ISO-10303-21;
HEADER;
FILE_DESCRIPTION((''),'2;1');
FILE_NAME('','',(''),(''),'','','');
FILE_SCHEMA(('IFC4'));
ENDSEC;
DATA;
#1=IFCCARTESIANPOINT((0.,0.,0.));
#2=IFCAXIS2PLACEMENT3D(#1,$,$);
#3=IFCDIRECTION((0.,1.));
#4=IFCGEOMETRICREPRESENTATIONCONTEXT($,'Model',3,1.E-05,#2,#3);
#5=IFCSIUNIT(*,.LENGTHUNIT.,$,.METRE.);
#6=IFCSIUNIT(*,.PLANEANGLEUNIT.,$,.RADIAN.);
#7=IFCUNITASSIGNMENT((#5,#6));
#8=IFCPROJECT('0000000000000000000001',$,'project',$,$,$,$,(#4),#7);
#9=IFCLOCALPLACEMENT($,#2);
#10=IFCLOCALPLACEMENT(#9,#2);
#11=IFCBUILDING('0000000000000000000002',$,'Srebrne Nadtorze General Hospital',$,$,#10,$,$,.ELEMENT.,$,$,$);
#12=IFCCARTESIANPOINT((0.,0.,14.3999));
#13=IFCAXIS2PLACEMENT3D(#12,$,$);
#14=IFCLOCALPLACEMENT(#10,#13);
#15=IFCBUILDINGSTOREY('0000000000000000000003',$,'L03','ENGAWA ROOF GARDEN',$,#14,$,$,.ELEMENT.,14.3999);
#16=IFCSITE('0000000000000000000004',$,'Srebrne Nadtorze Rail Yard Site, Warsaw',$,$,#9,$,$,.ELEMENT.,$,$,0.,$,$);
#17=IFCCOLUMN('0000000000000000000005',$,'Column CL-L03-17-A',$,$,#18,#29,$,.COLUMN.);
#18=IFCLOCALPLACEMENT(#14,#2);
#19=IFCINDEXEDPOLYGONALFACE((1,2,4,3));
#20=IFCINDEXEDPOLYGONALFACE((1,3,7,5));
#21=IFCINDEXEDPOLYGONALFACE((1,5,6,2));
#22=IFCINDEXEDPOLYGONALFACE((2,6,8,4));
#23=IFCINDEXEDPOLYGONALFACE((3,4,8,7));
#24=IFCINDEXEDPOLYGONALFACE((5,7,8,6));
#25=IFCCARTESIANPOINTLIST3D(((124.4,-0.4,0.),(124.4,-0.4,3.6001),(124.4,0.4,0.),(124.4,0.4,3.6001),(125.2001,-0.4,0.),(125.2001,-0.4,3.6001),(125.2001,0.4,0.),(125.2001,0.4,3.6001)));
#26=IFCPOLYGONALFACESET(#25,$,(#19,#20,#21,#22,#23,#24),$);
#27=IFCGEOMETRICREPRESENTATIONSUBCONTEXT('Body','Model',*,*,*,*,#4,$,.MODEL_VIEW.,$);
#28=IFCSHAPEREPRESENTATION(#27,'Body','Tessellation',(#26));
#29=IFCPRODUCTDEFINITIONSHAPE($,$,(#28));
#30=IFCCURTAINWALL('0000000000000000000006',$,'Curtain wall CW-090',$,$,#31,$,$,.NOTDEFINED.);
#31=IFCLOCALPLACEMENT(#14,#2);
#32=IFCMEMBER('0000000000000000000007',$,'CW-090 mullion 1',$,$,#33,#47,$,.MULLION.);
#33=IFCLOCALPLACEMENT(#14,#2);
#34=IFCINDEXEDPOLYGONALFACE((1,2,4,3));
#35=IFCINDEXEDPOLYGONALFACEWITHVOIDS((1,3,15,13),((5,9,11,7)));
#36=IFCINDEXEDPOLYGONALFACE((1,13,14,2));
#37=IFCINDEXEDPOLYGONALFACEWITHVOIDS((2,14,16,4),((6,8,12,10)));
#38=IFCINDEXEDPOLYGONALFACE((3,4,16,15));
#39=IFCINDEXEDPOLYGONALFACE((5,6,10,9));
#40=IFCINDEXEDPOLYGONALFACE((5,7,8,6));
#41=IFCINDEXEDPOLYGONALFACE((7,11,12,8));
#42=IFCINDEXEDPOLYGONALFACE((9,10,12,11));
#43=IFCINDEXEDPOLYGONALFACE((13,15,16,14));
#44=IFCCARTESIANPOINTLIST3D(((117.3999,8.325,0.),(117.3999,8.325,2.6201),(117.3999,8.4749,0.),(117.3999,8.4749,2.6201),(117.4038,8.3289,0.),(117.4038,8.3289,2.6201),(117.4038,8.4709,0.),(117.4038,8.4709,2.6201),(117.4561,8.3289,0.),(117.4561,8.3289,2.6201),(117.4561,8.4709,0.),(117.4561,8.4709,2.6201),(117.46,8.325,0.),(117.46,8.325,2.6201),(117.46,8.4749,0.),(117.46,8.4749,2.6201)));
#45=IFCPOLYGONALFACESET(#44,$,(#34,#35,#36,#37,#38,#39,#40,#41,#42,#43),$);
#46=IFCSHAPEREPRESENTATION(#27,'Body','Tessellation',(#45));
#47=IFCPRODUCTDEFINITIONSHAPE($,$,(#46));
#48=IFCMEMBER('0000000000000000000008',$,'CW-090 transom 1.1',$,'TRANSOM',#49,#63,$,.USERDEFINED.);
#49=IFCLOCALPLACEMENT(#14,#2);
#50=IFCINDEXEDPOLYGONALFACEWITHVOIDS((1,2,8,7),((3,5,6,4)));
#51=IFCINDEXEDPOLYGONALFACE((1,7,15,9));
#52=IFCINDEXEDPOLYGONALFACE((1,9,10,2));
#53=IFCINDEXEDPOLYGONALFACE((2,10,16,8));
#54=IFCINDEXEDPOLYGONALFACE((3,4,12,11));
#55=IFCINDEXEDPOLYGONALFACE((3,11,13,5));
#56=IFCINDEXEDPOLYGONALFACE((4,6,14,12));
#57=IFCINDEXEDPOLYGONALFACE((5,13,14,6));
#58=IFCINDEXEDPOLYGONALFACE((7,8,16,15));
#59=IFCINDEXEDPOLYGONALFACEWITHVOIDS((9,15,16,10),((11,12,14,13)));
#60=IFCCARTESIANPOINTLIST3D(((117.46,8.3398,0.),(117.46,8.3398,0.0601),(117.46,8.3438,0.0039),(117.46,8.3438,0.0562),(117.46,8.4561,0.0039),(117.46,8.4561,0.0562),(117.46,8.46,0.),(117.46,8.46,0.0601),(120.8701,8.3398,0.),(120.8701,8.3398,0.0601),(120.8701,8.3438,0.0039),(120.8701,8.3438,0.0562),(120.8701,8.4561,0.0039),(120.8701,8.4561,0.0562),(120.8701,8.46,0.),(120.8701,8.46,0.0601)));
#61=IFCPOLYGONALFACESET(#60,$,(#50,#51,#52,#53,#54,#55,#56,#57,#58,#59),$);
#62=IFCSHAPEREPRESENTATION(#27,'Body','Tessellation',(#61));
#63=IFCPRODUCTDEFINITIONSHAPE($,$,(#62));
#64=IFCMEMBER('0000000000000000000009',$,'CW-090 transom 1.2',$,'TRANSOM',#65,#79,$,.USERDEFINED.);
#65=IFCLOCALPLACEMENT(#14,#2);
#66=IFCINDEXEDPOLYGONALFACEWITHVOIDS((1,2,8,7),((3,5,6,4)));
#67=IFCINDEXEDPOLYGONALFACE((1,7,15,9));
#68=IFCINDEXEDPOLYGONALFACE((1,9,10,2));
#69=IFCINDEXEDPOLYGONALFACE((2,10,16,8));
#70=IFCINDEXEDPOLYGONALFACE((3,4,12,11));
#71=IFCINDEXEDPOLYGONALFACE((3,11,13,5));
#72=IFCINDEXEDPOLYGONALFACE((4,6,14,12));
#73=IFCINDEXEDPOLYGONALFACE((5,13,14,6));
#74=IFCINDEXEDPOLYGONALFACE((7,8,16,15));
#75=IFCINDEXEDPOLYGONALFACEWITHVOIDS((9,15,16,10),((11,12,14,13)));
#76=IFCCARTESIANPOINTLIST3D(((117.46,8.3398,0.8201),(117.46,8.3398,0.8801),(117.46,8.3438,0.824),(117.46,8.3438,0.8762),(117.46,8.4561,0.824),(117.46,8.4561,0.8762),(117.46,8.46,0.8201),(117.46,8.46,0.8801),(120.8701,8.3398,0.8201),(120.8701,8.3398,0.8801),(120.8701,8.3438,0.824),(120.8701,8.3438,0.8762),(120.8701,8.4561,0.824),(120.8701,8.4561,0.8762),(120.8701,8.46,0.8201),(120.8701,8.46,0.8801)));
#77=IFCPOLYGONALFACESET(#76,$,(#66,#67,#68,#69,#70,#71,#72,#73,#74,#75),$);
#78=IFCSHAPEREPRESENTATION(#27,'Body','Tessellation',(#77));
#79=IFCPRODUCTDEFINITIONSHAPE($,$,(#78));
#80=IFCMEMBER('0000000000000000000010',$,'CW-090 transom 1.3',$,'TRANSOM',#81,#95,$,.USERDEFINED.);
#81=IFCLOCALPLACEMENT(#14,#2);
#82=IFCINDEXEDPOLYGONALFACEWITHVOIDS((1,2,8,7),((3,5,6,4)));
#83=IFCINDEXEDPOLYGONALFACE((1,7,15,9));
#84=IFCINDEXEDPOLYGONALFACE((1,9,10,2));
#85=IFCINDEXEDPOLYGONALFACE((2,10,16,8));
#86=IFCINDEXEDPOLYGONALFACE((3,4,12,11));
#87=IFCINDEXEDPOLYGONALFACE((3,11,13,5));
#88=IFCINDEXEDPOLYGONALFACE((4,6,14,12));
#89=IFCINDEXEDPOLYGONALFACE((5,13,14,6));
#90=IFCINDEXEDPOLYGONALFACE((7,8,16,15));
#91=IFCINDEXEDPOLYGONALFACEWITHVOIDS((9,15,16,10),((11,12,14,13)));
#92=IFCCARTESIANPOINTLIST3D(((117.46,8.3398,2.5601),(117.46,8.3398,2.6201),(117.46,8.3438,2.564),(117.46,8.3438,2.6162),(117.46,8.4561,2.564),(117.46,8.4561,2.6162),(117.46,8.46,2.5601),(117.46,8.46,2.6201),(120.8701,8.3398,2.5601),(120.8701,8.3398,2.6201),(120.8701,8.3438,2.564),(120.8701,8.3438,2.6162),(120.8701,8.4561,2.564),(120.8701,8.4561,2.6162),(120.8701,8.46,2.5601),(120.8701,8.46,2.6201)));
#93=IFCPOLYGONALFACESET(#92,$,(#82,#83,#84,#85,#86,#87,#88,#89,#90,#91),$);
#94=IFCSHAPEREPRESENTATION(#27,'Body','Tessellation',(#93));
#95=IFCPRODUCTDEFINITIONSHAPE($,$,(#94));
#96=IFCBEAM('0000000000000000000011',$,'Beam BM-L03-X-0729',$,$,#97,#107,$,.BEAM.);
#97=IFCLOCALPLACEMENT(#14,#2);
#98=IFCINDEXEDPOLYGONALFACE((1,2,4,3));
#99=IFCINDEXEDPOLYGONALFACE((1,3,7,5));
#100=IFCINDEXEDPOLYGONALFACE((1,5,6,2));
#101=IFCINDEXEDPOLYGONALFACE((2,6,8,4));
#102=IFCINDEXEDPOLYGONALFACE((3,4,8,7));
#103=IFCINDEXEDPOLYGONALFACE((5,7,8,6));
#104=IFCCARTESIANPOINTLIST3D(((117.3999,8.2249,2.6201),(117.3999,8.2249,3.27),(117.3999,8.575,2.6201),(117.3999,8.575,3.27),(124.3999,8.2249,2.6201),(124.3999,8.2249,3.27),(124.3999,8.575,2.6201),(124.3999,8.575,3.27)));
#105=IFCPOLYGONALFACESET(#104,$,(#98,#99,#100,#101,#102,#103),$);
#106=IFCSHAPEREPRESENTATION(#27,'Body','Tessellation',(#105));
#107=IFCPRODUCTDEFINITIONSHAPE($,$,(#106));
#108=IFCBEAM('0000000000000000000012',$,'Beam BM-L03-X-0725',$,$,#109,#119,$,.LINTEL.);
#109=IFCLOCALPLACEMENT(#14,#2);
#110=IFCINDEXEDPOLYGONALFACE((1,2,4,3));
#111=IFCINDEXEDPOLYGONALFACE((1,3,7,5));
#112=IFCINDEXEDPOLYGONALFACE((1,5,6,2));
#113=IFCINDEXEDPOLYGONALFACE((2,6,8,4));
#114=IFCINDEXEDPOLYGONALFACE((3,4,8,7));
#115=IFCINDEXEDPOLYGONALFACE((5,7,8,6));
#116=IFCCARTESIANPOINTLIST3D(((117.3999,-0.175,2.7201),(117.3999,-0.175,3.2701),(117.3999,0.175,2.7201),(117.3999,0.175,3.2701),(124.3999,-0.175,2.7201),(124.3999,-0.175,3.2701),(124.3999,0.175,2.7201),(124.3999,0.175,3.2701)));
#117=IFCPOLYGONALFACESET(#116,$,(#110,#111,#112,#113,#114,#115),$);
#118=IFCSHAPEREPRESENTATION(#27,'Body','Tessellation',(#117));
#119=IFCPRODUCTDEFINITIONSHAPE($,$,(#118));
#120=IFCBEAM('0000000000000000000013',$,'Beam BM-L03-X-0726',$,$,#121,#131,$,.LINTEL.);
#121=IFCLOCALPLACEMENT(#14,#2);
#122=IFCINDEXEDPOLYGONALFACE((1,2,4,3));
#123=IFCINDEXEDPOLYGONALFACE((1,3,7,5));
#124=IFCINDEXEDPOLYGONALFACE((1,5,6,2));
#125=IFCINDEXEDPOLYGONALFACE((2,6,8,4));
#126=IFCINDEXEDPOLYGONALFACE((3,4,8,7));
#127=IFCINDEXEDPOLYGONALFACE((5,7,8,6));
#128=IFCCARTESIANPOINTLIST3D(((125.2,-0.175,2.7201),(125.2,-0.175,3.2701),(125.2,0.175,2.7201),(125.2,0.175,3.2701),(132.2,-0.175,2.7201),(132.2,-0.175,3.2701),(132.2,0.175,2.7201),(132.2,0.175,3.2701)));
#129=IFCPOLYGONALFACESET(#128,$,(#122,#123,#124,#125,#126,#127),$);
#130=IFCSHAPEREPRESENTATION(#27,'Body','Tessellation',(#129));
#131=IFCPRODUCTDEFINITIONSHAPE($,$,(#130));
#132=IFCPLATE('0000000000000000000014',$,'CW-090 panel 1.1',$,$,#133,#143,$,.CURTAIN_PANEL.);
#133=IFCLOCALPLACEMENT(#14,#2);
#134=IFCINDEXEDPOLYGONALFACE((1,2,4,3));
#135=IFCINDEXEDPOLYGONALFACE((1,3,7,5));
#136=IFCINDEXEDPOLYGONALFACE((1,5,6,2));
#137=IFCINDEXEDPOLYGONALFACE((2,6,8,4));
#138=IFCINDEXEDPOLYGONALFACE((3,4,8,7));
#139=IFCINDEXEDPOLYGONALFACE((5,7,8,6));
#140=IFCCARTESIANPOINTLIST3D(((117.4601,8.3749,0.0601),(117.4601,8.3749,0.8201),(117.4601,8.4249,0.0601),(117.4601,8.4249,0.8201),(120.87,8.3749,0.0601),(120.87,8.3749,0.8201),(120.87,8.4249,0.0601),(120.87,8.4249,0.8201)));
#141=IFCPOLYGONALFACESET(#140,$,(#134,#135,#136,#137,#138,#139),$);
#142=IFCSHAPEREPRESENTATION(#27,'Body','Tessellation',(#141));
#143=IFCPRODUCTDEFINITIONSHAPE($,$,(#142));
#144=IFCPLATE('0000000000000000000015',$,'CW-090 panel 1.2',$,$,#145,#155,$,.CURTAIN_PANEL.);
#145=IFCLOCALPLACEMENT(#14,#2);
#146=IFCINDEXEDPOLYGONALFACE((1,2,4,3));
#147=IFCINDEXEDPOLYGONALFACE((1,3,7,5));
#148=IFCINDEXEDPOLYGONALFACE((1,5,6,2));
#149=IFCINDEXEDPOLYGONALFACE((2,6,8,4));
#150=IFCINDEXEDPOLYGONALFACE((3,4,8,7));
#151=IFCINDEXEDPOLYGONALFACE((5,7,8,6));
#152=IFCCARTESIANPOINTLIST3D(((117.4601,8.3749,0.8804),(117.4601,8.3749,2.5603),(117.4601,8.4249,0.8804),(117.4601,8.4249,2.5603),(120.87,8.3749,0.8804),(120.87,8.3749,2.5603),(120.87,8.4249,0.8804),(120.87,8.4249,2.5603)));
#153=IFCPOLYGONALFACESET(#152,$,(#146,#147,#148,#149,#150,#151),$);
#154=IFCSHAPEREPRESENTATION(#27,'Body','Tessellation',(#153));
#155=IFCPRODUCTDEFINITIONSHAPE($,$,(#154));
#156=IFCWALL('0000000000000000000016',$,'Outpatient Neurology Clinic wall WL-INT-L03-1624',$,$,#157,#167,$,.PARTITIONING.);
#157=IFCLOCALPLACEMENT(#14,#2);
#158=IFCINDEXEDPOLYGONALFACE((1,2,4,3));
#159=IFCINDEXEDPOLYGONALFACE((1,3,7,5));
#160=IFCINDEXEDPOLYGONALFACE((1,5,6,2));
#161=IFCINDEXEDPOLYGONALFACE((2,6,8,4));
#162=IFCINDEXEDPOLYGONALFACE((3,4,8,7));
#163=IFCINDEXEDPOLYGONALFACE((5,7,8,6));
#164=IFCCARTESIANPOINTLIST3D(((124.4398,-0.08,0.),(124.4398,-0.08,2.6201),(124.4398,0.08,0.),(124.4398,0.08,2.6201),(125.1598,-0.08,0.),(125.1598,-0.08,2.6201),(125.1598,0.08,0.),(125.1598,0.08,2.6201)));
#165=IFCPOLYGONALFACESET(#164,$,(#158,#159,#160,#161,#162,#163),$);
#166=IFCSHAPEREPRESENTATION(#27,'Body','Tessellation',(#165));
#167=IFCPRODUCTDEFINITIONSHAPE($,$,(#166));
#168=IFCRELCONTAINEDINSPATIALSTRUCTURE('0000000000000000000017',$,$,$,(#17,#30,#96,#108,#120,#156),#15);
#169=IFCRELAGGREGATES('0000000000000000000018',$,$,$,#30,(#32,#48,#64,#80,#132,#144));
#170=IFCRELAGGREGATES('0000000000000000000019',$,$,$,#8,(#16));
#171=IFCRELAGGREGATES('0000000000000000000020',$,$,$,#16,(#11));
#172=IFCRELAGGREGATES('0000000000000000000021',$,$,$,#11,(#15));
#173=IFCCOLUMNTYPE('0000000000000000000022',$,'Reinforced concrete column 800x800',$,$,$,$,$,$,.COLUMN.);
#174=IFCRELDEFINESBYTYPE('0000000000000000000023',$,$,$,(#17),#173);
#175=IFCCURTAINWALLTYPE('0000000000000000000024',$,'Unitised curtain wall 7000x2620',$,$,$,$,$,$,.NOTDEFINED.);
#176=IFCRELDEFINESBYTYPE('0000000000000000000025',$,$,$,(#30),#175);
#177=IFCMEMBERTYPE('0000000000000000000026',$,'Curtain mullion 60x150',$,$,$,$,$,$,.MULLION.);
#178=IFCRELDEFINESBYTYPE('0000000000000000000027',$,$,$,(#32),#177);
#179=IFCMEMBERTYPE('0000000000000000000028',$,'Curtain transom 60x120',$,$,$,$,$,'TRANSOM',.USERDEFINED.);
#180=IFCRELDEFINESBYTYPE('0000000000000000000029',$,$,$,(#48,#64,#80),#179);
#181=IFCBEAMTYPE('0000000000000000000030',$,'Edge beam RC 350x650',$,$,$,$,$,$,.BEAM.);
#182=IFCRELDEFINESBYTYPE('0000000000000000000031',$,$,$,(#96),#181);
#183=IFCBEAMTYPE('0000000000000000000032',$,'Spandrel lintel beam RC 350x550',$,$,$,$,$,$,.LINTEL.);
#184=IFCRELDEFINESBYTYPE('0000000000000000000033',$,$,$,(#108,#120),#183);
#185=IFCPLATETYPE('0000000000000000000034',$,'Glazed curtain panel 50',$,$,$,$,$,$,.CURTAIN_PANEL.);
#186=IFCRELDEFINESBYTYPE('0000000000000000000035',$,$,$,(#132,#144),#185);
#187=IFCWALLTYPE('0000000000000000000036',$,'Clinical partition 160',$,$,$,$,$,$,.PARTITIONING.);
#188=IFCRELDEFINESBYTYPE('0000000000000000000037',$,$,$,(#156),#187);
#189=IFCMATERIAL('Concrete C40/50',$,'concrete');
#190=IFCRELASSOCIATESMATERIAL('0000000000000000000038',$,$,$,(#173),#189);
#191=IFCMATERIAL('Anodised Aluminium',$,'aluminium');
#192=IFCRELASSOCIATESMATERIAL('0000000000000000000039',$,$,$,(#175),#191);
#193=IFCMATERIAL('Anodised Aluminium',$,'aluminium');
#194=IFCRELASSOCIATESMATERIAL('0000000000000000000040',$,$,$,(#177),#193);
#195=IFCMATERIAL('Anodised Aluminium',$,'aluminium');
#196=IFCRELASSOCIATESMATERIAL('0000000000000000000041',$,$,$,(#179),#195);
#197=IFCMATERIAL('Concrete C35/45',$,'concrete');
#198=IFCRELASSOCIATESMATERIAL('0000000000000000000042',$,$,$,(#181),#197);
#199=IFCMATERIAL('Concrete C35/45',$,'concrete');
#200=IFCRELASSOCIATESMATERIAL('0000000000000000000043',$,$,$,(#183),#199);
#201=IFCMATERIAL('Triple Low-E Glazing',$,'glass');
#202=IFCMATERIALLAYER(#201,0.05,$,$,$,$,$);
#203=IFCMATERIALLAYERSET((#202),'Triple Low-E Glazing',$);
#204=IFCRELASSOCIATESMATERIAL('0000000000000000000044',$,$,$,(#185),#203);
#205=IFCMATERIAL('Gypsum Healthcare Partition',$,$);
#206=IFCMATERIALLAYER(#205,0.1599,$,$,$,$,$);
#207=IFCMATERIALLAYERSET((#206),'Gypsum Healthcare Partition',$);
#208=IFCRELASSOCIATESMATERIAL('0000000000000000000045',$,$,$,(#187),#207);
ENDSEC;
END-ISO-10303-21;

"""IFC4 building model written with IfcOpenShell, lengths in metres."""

from ifc_helpers import new_model, si_unit, direction, frame, frame_2d, origin, origin_2d, place, context, subcontext, project, spatial, rectangle, hollow_rectangle, extrude, material, layer, layer_set, material_profile, profile_set, type_object, element, aggregate, save


model = new_model("IFC4")

# Units and contexts
model_context = context("Model", 3, precision=1e-05, world=origin(), true_north=direction((0.0, 1.0)))
body_context = subcontext(model_context, "Body", "Model", "MODEL_VIEW")
ifc_project = project(units=[si_unit("LENGTHUNIT", "METRE"), si_unit("PLANEANGLEUNIT", "RADIAN")], contexts=[model_context])

# Site, building, storey
site_placement = place(None, origin())
site = spatial("IfcSite", under=ifc_project, at=site_placement, Name="Srebrne Nadtorze Rail Yard Site, Warsaw", CompositionType="ELEMENT", RefElevation=0.0)
building_placement = place(site_placement, origin())
building = spatial("IfcBuilding", under=site, at=building_placement, Name="Srebrne Nadtorze General Hospital", CompositionType="ELEMENT")
storey_placement = place(building_placement, frame((0.0, 0.0, 14.3999)))
storey = spatial("IfcBuildingStorey", under=building, at=storey_placement, Name="L03", Description="ENGAWA ROOF GARDEN", CompositionType="ELEMENT", Elevation=14.3999)

# Column
ifc_material_1 = material(Name="Concrete C40/50", Category="concrete")
ifc_material_profile_1 = material_profile(ifc_material_1, rectangle(XDim=0.8, YDim=0.8, at=origin_2d()), Name="RC-COL-800x800")
ifc_profile_set_1 = profile_set([ifc_material_profile_1], Name="Concrete C40/50")
column_type = type_object("IfcColumnType", Name="Reinforced concrete column 800x800", PredefinedType="COLUMN", material=ifc_profile_set_1)
column_placement = place(storey_placement, frame((124.8, 0.0, 0.0), z_axis=(0.0, 0.0, 1.0), x_axis=(1.0, 0.0, 0.0)))
element("IfcColumn", 1, at=column_placement, inside=storey, type_object=column_type, Name="Column CL-L03-17-A", PredefinedType="COLUMN", context=body_context, shape_type="SweptSolid", body=[
    extrude(rectangle(XDim=0.8, YDim=0.8, at=origin_2d()), origin(), (0.0, 0.0, 1.0), 3.6001),
])

# Curtain wall, members
ifc_material_2 = material(Name="Anodised Aluminium", Category="aluminium")
curtain_wall_type = type_object("IfcCurtainWallType", Name="Unitised curtain wall 7000x2620", PredefinedType="NOTDEFINED", material=ifc_material_2)
curtain_wall_placement = place(storey_placement, origin())
curtain_wall = element("IfcCurtainWall", 2, at=curtain_wall_placement, inside=storey, type_object=curtain_wall_type, Name="Curtain wall CW-090", PredefinedType="NOTDEFINED")
ifc_material_3 = material(Name="Anodised Aluminium", Category="aluminium")
ifc_material_profile_2 = material_profile(ifc_material_3, hollow_rectangle(XDim=0.0601, YDim=0.1499, WallThickness=0.0039, at=origin_2d()), Name="AL-MUL-60x150")
ifc_profile_set_2 = profile_set([ifc_material_profile_2], Name="Anodised Aluminium")
member_type_1 = type_object("IfcMemberType", Name="Curtain mullion 60x150", PredefinedType="MULLION", material=ifc_profile_set_2)
member_1_placement = place(storey_placement, frame((117.4299, 8.3999, 0.0), z_axis=(0.0, 0.0, 1.0), x_axis=(1.0, 0.0, 0.0)))
member_1 = element("IfcMember", 3, at=member_1_placement, type_object=member_type_1, Name="CW-090 mullion 1", PredefinedType="MULLION", context=body_context, shape_type="SweptSolid", body=[
    extrude(hollow_rectangle(XDim=0.0601, YDim=0.1499, WallThickness=0.0039, at=origin_2d()), origin(), (0.0, 0.0, 1.0), 2.6201),
])
ifc_material_4 = material(Name="Anodised Aluminium", Category="aluminium")
ifc_material_profile_3 = material_profile(ifc_material_4, hollow_rectangle(XDim=0.0601, YDim=0.1201, WallThickness=0.0039, at=origin_2d()), Name="AL-TRN-60x120")
ifc_profile_set_3 = profile_set([ifc_material_profile_3], Name="Anodised Aluminium")
member_type_2 = type_object("IfcMemberType", Name="Curtain transom 60x120", ElementType="TRANSOM", PredefinedType="USERDEFINED", material=ifc_profile_set_3)
member_2_placement = place(storey_placement, frame((117.46, 8.3999, 0.03), z_axis=(1.0, 0.0, 0.0), x_axis=(0.0, 0.0, 1.0)))
member_2 = element("IfcMember", 4, at=member_2_placement, type_object=member_type_2, Name="CW-090 transom 1.1", ObjectType="TRANSOM", PredefinedType="USERDEFINED", context=body_context, shape_type="SweptSolid", body=[
    extrude(hollow_rectangle(XDim=0.0601, YDim=0.1201, WallThickness=0.0039, at=origin_2d()), origin(), (0.0, 0.0, 1.0), 3.4102),
])
member_3_placement = place(storey_placement, frame((117.46, 8.3999, 0.8501), z_axis=(1.0, 0.0, 0.0), x_axis=(0.0, 0.0, 1.0)))
member_3 = element("IfcMember", 5, at=member_3_placement, type_object=member_type_2, Name="CW-090 transom 1.2", ObjectType="TRANSOM", PredefinedType="USERDEFINED", context=body_context, shape_type="SweptSolid", body=[
    extrude(hollow_rectangle(XDim=0.0601, YDim=0.1201, WallThickness=0.0039, at=origin_2d()), origin(), (0.0, 0.0, 1.0), 3.4102),
])
member_4_placement = place(storey_placement, frame((117.46, 8.3999, 2.5901), z_axis=(1.0, 0.0, 0.0), x_axis=(0.0, 0.0, 1.0)))
member_4 = element("IfcMember", 6, at=member_4_placement, type_object=member_type_2, Name="CW-090 transom 1.3", ObjectType="TRANSOM", PredefinedType="USERDEFINED", context=body_context, shape_type="SweptSolid", body=[
    extrude(hollow_rectangle(XDim=0.0601, YDim=0.1201, WallThickness=0.0039, at=origin_2d()), origin(), (0.0, 0.0, 1.0), 3.4102),
])

# Beams
ifc_material_5 = material(Name="Concrete C35/45", Category="concrete")
ifc_material_profile_4 = material_profile(ifc_material_5, rectangle(XDim=0.3501, YDim=0.6499, at=origin_2d()), Name="RC-BM-350x650")
ifc_profile_set_4 = profile_set([ifc_material_profile_4], Name="Concrete C35/45")
beam_type_1 = type_object("IfcBeamType", Name="Edge beam RC 350x650", PredefinedType="BEAM", material=ifc_profile_set_4)
beam_placement = place(storey_placement, frame((117.3999, 8.3999, 2.9451), z_axis=(1.0, 0.0, 0.0), x_axis=(0.0, 1.0, 0.0)))
element("IfcBeam", 7, at=beam_placement, inside=storey, type_object=beam_type_1, Name="Beam BM-L03-X-0729", PredefinedType="BEAM", context=body_context, shape_type="SweptSolid", body=[
    extrude(rectangle(XDim=0.3501, YDim=0.6499, at=origin_2d()), origin(), (0.0, 0.0, 1.0), 7.0),
])
ifc_material_6 = material(Name="Concrete C35/45", Category="concrete")
ifc_material_profile_5 = material_profile(ifc_material_6, rectangle(XDim=0.3501, YDim=0.55, at=origin_2d()), Name="RC-BM-350x550")
ifc_profile_set_5 = profile_set([ifc_material_profile_5], Name="Concrete C35/45")
beam_type_2 = type_object("IfcBeamType", Name="Spandrel lintel beam RC 350x550", PredefinedType="LINTEL", material=ifc_profile_set_5)
for number, where, z_axis, x_axis, name in (
    (8, (117.3999, 0.0, 2.9951), (1.0, 0.0, 0.0), (0.0, 1.0, 0.0), "Beam BM-L03-X-0725"),
    (9, (125.2, 0.0, 2.9951), (1.0, 0.0, 0.0), (0.0, 1.0, 0.0), "Beam BM-L03-X-0726"),
):
    element("IfcBeam", number, at=place(storey_placement, frame(where, z_axis=z_axis, x_axis=x_axis)), inside=storey, type_object=beam_type_2, Name=name, PredefinedType="LINTEL", context=body_context, shape_type="SweptSolid", body=[
        extrude(rectangle(XDim=0.3501, YDim=0.55, at=origin_2d()), origin(), (0.0, 0.0, 1.0), 7.0),
    ])

# Plates
ifc_material_7 = material(Name="Triple Low-E Glazing", Category="glass")
ifc_layer_1 = layer(ifc_material_7, 0.05)
ifc_layer_set_1 = layer_set([ifc_layer_1], Name="Triple Low-E Glazing")
plate_type = type_object("IfcPlateType", Name="Glazed curtain panel 50", PredefinedType="CURTAIN_PANEL", material=ifc_layer_set_1)
plate_1_placement = place(storey_placement, frame((119.165, 8.3999, 0.0601), z_axis=(0.0, 0.0, 1.0), x_axis=(1.0, 0.0, 0.0)))
plate_1 = element("IfcPlate", 10, at=plate_1_placement, type_object=plate_type, Name="CW-090 panel 1.1", PredefinedType="CURTAIN_PANEL", context=body_context, shape_type="SweptSolid", body=[
    extrude(rectangle(XDim=3.4099, YDim=0.05, at=origin_2d()), origin(), (0.0, 0.0, 1.0), 0.76),
])
plate_2_placement = place(storey_placement, frame((119.165, 8.3999, 0.8804), z_axis=(0.0, 0.0, 1.0), x_axis=(1.0, 0.0, 0.0)))
plate_2 = element("IfcPlate", 11, at=plate_2_placement, type_object=plate_type, Name="CW-090 panel 1.2", PredefinedType="CURTAIN_PANEL", context=body_context, shape_type="SweptSolid", body=[
    extrude(rectangle(XDim=3.4099, YDim=0.05, at=origin_2d()), origin(), (0.0, 0.0, 1.0), 1.6799),
])
aggregate(curtain_wall, [member_1, member_2, member_3, member_4, plate_1, plate_2])

# Wall
ifc_material_8 = material(Name="Gypsum Healthcare Partition")
ifc_layer_2 = layer(ifc_material_8, 0.1599)
ifc_layer_set_2 = layer_set([ifc_layer_2], Name="Gypsum Healthcare Partition")
wall_type_1 = type_object("IfcWallType", Name="Clinical partition 160", PredefinedType="PARTITIONING", material=ifc_layer_set_2)
wall_1_placement = place(storey_placement, frame((124.4399, 0.0, 0.0), z_axis=(0.0, 0.0, 1.0), x_axis=(1.0, 0.0, 0.0)))
element("IfcWall", 12, at=wall_1_placement, inside=storey, type_object=wall_type_1, Name="Outpatient Neurology Clinic wall WL-INT-L03-1624", PredefinedType="PARTITIONING", context=body_context, shape_type="SweptSolid", body=[
    extrude(rectangle(XDim=0.72, YDim=0.1599, at=frame_2d((0.3599, 0.0))), origin(), (0.0, 0.0, 1.0), 2.6201),
])

save(model, "model.ifc")
